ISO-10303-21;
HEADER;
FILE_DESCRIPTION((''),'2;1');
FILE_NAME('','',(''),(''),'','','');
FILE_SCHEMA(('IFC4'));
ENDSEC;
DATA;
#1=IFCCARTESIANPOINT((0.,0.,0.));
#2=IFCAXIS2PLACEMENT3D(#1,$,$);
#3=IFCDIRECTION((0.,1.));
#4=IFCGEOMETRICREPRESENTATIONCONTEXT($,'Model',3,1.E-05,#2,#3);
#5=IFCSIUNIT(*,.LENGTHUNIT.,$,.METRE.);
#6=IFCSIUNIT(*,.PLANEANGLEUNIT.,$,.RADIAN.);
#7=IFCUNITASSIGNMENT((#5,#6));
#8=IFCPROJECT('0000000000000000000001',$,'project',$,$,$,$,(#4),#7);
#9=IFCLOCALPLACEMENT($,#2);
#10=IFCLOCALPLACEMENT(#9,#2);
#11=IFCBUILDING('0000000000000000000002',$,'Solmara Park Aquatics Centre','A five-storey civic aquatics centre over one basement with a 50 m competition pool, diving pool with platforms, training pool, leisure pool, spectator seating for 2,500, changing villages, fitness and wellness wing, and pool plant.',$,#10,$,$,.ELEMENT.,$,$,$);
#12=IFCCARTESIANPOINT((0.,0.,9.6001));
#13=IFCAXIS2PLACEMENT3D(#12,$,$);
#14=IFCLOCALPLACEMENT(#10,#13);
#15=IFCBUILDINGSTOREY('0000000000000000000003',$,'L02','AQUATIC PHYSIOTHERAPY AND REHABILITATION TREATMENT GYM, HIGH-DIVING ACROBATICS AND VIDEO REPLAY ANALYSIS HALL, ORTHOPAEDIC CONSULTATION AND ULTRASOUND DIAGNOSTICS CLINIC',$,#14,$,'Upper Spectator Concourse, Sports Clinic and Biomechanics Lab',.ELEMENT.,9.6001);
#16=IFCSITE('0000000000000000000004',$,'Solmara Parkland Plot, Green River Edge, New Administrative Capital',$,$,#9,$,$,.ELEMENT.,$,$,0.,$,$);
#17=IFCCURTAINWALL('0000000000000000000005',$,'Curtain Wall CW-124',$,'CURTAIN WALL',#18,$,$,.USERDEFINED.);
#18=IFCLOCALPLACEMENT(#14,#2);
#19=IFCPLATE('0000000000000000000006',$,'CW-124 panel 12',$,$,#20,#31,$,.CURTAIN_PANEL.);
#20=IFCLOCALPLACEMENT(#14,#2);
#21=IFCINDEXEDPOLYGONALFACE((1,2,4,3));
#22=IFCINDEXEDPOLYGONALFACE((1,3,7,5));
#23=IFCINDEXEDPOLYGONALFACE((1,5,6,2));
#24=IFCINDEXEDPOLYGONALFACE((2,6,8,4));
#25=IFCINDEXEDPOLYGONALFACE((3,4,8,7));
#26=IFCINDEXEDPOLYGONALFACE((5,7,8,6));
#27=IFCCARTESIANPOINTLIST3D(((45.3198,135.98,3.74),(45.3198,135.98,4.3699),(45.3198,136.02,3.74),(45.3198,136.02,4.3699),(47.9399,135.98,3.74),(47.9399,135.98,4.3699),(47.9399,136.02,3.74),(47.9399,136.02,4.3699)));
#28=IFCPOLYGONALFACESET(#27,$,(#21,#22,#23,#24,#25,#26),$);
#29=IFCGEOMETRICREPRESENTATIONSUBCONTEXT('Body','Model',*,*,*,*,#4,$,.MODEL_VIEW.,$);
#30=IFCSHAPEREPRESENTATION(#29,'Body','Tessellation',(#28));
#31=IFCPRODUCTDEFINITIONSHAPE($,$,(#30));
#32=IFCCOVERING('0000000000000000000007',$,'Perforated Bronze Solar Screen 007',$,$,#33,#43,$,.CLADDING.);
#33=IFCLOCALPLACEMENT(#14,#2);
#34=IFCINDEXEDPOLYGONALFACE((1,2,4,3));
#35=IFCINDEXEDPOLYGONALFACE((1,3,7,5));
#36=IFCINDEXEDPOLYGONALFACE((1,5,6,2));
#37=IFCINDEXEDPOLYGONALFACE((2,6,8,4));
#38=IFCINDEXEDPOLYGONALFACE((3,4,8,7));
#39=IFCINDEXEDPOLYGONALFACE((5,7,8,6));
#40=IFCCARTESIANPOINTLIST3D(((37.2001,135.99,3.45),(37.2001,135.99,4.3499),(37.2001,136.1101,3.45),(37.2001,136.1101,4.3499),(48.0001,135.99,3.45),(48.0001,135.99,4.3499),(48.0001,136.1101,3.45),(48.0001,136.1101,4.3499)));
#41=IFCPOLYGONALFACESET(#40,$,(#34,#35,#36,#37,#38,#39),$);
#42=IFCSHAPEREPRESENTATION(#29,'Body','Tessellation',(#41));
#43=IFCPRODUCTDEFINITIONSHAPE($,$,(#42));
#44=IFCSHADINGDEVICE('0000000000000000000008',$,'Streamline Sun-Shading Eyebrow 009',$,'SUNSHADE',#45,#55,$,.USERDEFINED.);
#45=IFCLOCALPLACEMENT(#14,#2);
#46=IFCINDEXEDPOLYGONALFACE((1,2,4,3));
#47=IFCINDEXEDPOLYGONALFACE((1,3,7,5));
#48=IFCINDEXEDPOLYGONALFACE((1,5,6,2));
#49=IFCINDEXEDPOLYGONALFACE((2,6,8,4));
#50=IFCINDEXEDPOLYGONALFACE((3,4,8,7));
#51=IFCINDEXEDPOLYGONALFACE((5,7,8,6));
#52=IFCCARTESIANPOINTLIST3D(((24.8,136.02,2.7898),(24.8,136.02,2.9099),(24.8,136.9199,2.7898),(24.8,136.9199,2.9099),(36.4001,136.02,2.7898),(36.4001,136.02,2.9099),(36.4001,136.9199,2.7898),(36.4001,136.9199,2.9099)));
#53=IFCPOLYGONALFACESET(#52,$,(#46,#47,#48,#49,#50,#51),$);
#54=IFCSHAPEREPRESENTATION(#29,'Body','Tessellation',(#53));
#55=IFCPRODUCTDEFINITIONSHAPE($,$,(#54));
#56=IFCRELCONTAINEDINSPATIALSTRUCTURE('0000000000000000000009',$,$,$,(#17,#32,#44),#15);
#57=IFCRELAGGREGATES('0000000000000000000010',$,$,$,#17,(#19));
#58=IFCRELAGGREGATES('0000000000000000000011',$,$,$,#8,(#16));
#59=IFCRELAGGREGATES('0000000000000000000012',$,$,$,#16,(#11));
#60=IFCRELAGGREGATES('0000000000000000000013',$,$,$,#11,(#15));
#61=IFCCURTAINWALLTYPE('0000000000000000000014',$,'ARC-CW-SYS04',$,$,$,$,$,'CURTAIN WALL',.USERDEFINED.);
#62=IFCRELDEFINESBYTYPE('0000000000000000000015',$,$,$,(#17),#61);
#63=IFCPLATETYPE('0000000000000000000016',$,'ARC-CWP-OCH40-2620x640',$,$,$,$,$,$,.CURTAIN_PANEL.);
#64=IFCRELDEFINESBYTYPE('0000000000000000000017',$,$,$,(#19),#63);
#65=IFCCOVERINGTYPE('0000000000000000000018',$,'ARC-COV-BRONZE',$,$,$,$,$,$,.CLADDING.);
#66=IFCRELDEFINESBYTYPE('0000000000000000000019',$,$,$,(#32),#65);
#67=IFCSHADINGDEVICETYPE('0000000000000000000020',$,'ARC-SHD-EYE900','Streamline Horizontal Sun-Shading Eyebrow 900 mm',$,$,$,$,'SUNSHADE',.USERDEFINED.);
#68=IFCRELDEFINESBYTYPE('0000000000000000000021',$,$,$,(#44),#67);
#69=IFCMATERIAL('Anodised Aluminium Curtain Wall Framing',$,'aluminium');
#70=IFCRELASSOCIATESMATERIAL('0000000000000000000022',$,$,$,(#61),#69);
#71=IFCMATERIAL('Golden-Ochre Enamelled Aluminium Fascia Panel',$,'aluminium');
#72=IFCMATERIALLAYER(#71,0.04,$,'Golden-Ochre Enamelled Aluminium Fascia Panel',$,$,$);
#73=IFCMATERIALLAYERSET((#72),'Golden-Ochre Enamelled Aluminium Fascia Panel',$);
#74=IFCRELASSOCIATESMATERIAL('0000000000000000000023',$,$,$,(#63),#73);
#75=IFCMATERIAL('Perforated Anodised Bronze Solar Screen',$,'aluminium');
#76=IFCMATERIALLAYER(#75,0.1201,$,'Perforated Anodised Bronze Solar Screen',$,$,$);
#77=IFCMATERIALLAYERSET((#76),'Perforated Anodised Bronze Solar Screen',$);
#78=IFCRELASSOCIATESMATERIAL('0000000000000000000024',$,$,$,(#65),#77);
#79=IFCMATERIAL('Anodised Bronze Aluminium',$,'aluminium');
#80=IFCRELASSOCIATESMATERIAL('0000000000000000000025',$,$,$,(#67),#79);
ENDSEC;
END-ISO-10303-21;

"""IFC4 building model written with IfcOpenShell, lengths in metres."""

from ifc_helpers import new_model, si_unit, direction, frame, origin, origin_2d, place, context, subcontext, project, spatial, rectangle, extrude, material, layer, layer_set, type_object, element, aggregate, save


model = new_model("IFC4")

# Units and contexts
model_context = context("Model", 3, precision=1e-05, world=origin(), true_north=direction((0.0, 1.0)))
body_context = subcontext(model_context, "Body", "Model", "MODEL_VIEW")
ifc_project = project(units=[si_unit("LENGTHUNIT", "METRE"), si_unit("PLANEANGLEUNIT", "RADIAN")], contexts=[model_context])

# Site, building, storey
site_placement = place(None, origin())
site = spatial("IfcSite", under=ifc_project, at=site_placement, Name="Solmara Parkland Plot, Green River Edge, New Administrative Capital", CompositionType="ELEMENT", RefElevation=0.0)
building_placement = place(site_placement, origin())
building = spatial("IfcBuilding", under=site, at=building_placement, Name="Solmara Park Aquatics Centre", Description="A five-storey civic aquatics centre over one basement with a 50 m competition pool, diving pool with platforms, training pool, leisure pool, spectator seating for 2,500, changing villages, fitness and wellness wing, and pool plant.", CompositionType="ELEMENT")
storey_placement = place(building_placement, frame((0.0, 0.0, 9.6001)))
storey = spatial("IfcBuildingStorey", under=building, at=storey_placement, Name="L02", Description="AQUATIC PHYSIOTHERAPY AND REHABILITATION TREATMENT GYM, HIGH-DIVING ACROBATICS AND VIDEO REPLAY ANALYSIS HALL, ORTHOPAEDIC CONSULTATION AND ULTRASOUND DIAGNOSTICS CLINIC", LongName="Upper Spectator Concourse, Sports Clinic and Biomechanics Lab", CompositionType="ELEMENT", Elevation=9.6001)

# Curtain wall, plate
ifc_material_1 = material(Name="Anodised Aluminium Curtain Wall Framing", Category="aluminium")
curtain_wall_type = type_object("IfcCurtainWallType", Name="ARC-CW-SYS04", ElementType="CURTAIN WALL", PredefinedType="USERDEFINED", material=ifc_material_1)
curtain_wall_placement = place(storey_placement, origin())
curtain_wall = element("IfcCurtainWall", 1, at=curtain_wall_placement, inside=storey, type_object=curtain_wall_type, Name="Curtain Wall CW-124", ObjectType="CURTAIN WALL", PredefinedType="USERDEFINED")
ifc_material_2 = material(Name="Golden-Ochre Enamelled Aluminium Fascia Panel", Category="aluminium")
ifc_layer_1 = layer(ifc_material_2, 0.04, Name="Golden-Ochre Enamelled Aluminium Fascia Panel")
ifc_layer_set_1 = layer_set([ifc_layer_1], Name="Golden-Ochre Enamelled Aluminium Fascia Panel")
plate_type_1 = type_object("IfcPlateType", Name="ARC-CWP-OCH40-2620x640", PredefinedType="CURTAIN_PANEL", material=ifc_layer_set_1)
plate_1_placement = place(storey_placement, frame((46.6299, 136.0, 3.74), z_axis=(0.0, 0.0, 1.0), x_axis=(1.0, 0.0, 0.0)))
plate_1 = element("IfcPlate", 2, at=plate_1_placement, type_object=plate_type_1, Name="CW-124 panel 12", PredefinedType="CURTAIN_PANEL", context=body_context, shape_type="SweptSolid", body=[
    extrude(rectangle(XDim=2.6201, YDim=0.04, at=origin_2d()), origin(), (0.0, 0.0, 1.0), 0.6299),
])
aggregate(curtain_wall, [plate_1])

# Covering
ifc_material_3 = material(Name="Perforated Anodised Bronze Solar Screen", Category="aluminium")
ifc_layer_2 = layer(ifc_material_3, 0.1201, Name="Perforated Anodised Bronze Solar Screen")
ifc_layer_set_2 = layer_set([ifc_layer_2], Name="Perforated Anodised Bronze Solar Screen")
covering_type = type_object("IfcCoveringType", Name="ARC-COV-BRONZE", PredefinedType="CLADDING", material=ifc_layer_set_2)
covering_placement = place(storey_placement, frame((42.6001, 136.05, 3.45), z_axis=(0.0, 0.0, 1.0), x_axis=(1.0, 0.0, 0.0)))
element("IfcCovering", 3, at=covering_placement, inside=storey, type_object=covering_type, Name="Perforated Bronze Solar Screen 007", PredefinedType="CLADDING", context=body_context, shape_type="SweptSolid", body=[
    extrude(rectangle(XDim=10.8, YDim=0.1201, at=origin_2d()), origin(), (0.0, 0.0, 1.0), 0.8999),
])

# Shading device
ifc_material_4 = material(Name="Anodised Bronze Aluminium", Category="aluminium")
shading_device_type = type_object("IfcShadingDeviceType", Name="ARC-SHD-EYE900", Description="Streamline Horizontal Sun-Shading Eyebrow 900 mm", ElementType="SUNSHADE", PredefinedType="USERDEFINED", material=ifc_material_4)
shading_device_placement = place(storey_placement, frame((30.6001, 136.47, 2.7898), z_axis=(0.0, 0.0, 1.0), x_axis=(1.0, 0.0, 0.0)))
element("IfcShadingDevice", 4, at=shading_device_placement, inside=storey, type_object=shading_device_type, Name="Streamline Sun-Shading Eyebrow 009", ObjectType="SUNSHADE", PredefinedType="USERDEFINED", context=body_context, shape_type="SweptSolid", body=[
    extrude(rectangle(XDim=11.6001, YDim=0.8999, at=origin_2d()), origin(), (0.0, 0.0, 1.0), 0.1201),
])

save(model, "model.ifc")
